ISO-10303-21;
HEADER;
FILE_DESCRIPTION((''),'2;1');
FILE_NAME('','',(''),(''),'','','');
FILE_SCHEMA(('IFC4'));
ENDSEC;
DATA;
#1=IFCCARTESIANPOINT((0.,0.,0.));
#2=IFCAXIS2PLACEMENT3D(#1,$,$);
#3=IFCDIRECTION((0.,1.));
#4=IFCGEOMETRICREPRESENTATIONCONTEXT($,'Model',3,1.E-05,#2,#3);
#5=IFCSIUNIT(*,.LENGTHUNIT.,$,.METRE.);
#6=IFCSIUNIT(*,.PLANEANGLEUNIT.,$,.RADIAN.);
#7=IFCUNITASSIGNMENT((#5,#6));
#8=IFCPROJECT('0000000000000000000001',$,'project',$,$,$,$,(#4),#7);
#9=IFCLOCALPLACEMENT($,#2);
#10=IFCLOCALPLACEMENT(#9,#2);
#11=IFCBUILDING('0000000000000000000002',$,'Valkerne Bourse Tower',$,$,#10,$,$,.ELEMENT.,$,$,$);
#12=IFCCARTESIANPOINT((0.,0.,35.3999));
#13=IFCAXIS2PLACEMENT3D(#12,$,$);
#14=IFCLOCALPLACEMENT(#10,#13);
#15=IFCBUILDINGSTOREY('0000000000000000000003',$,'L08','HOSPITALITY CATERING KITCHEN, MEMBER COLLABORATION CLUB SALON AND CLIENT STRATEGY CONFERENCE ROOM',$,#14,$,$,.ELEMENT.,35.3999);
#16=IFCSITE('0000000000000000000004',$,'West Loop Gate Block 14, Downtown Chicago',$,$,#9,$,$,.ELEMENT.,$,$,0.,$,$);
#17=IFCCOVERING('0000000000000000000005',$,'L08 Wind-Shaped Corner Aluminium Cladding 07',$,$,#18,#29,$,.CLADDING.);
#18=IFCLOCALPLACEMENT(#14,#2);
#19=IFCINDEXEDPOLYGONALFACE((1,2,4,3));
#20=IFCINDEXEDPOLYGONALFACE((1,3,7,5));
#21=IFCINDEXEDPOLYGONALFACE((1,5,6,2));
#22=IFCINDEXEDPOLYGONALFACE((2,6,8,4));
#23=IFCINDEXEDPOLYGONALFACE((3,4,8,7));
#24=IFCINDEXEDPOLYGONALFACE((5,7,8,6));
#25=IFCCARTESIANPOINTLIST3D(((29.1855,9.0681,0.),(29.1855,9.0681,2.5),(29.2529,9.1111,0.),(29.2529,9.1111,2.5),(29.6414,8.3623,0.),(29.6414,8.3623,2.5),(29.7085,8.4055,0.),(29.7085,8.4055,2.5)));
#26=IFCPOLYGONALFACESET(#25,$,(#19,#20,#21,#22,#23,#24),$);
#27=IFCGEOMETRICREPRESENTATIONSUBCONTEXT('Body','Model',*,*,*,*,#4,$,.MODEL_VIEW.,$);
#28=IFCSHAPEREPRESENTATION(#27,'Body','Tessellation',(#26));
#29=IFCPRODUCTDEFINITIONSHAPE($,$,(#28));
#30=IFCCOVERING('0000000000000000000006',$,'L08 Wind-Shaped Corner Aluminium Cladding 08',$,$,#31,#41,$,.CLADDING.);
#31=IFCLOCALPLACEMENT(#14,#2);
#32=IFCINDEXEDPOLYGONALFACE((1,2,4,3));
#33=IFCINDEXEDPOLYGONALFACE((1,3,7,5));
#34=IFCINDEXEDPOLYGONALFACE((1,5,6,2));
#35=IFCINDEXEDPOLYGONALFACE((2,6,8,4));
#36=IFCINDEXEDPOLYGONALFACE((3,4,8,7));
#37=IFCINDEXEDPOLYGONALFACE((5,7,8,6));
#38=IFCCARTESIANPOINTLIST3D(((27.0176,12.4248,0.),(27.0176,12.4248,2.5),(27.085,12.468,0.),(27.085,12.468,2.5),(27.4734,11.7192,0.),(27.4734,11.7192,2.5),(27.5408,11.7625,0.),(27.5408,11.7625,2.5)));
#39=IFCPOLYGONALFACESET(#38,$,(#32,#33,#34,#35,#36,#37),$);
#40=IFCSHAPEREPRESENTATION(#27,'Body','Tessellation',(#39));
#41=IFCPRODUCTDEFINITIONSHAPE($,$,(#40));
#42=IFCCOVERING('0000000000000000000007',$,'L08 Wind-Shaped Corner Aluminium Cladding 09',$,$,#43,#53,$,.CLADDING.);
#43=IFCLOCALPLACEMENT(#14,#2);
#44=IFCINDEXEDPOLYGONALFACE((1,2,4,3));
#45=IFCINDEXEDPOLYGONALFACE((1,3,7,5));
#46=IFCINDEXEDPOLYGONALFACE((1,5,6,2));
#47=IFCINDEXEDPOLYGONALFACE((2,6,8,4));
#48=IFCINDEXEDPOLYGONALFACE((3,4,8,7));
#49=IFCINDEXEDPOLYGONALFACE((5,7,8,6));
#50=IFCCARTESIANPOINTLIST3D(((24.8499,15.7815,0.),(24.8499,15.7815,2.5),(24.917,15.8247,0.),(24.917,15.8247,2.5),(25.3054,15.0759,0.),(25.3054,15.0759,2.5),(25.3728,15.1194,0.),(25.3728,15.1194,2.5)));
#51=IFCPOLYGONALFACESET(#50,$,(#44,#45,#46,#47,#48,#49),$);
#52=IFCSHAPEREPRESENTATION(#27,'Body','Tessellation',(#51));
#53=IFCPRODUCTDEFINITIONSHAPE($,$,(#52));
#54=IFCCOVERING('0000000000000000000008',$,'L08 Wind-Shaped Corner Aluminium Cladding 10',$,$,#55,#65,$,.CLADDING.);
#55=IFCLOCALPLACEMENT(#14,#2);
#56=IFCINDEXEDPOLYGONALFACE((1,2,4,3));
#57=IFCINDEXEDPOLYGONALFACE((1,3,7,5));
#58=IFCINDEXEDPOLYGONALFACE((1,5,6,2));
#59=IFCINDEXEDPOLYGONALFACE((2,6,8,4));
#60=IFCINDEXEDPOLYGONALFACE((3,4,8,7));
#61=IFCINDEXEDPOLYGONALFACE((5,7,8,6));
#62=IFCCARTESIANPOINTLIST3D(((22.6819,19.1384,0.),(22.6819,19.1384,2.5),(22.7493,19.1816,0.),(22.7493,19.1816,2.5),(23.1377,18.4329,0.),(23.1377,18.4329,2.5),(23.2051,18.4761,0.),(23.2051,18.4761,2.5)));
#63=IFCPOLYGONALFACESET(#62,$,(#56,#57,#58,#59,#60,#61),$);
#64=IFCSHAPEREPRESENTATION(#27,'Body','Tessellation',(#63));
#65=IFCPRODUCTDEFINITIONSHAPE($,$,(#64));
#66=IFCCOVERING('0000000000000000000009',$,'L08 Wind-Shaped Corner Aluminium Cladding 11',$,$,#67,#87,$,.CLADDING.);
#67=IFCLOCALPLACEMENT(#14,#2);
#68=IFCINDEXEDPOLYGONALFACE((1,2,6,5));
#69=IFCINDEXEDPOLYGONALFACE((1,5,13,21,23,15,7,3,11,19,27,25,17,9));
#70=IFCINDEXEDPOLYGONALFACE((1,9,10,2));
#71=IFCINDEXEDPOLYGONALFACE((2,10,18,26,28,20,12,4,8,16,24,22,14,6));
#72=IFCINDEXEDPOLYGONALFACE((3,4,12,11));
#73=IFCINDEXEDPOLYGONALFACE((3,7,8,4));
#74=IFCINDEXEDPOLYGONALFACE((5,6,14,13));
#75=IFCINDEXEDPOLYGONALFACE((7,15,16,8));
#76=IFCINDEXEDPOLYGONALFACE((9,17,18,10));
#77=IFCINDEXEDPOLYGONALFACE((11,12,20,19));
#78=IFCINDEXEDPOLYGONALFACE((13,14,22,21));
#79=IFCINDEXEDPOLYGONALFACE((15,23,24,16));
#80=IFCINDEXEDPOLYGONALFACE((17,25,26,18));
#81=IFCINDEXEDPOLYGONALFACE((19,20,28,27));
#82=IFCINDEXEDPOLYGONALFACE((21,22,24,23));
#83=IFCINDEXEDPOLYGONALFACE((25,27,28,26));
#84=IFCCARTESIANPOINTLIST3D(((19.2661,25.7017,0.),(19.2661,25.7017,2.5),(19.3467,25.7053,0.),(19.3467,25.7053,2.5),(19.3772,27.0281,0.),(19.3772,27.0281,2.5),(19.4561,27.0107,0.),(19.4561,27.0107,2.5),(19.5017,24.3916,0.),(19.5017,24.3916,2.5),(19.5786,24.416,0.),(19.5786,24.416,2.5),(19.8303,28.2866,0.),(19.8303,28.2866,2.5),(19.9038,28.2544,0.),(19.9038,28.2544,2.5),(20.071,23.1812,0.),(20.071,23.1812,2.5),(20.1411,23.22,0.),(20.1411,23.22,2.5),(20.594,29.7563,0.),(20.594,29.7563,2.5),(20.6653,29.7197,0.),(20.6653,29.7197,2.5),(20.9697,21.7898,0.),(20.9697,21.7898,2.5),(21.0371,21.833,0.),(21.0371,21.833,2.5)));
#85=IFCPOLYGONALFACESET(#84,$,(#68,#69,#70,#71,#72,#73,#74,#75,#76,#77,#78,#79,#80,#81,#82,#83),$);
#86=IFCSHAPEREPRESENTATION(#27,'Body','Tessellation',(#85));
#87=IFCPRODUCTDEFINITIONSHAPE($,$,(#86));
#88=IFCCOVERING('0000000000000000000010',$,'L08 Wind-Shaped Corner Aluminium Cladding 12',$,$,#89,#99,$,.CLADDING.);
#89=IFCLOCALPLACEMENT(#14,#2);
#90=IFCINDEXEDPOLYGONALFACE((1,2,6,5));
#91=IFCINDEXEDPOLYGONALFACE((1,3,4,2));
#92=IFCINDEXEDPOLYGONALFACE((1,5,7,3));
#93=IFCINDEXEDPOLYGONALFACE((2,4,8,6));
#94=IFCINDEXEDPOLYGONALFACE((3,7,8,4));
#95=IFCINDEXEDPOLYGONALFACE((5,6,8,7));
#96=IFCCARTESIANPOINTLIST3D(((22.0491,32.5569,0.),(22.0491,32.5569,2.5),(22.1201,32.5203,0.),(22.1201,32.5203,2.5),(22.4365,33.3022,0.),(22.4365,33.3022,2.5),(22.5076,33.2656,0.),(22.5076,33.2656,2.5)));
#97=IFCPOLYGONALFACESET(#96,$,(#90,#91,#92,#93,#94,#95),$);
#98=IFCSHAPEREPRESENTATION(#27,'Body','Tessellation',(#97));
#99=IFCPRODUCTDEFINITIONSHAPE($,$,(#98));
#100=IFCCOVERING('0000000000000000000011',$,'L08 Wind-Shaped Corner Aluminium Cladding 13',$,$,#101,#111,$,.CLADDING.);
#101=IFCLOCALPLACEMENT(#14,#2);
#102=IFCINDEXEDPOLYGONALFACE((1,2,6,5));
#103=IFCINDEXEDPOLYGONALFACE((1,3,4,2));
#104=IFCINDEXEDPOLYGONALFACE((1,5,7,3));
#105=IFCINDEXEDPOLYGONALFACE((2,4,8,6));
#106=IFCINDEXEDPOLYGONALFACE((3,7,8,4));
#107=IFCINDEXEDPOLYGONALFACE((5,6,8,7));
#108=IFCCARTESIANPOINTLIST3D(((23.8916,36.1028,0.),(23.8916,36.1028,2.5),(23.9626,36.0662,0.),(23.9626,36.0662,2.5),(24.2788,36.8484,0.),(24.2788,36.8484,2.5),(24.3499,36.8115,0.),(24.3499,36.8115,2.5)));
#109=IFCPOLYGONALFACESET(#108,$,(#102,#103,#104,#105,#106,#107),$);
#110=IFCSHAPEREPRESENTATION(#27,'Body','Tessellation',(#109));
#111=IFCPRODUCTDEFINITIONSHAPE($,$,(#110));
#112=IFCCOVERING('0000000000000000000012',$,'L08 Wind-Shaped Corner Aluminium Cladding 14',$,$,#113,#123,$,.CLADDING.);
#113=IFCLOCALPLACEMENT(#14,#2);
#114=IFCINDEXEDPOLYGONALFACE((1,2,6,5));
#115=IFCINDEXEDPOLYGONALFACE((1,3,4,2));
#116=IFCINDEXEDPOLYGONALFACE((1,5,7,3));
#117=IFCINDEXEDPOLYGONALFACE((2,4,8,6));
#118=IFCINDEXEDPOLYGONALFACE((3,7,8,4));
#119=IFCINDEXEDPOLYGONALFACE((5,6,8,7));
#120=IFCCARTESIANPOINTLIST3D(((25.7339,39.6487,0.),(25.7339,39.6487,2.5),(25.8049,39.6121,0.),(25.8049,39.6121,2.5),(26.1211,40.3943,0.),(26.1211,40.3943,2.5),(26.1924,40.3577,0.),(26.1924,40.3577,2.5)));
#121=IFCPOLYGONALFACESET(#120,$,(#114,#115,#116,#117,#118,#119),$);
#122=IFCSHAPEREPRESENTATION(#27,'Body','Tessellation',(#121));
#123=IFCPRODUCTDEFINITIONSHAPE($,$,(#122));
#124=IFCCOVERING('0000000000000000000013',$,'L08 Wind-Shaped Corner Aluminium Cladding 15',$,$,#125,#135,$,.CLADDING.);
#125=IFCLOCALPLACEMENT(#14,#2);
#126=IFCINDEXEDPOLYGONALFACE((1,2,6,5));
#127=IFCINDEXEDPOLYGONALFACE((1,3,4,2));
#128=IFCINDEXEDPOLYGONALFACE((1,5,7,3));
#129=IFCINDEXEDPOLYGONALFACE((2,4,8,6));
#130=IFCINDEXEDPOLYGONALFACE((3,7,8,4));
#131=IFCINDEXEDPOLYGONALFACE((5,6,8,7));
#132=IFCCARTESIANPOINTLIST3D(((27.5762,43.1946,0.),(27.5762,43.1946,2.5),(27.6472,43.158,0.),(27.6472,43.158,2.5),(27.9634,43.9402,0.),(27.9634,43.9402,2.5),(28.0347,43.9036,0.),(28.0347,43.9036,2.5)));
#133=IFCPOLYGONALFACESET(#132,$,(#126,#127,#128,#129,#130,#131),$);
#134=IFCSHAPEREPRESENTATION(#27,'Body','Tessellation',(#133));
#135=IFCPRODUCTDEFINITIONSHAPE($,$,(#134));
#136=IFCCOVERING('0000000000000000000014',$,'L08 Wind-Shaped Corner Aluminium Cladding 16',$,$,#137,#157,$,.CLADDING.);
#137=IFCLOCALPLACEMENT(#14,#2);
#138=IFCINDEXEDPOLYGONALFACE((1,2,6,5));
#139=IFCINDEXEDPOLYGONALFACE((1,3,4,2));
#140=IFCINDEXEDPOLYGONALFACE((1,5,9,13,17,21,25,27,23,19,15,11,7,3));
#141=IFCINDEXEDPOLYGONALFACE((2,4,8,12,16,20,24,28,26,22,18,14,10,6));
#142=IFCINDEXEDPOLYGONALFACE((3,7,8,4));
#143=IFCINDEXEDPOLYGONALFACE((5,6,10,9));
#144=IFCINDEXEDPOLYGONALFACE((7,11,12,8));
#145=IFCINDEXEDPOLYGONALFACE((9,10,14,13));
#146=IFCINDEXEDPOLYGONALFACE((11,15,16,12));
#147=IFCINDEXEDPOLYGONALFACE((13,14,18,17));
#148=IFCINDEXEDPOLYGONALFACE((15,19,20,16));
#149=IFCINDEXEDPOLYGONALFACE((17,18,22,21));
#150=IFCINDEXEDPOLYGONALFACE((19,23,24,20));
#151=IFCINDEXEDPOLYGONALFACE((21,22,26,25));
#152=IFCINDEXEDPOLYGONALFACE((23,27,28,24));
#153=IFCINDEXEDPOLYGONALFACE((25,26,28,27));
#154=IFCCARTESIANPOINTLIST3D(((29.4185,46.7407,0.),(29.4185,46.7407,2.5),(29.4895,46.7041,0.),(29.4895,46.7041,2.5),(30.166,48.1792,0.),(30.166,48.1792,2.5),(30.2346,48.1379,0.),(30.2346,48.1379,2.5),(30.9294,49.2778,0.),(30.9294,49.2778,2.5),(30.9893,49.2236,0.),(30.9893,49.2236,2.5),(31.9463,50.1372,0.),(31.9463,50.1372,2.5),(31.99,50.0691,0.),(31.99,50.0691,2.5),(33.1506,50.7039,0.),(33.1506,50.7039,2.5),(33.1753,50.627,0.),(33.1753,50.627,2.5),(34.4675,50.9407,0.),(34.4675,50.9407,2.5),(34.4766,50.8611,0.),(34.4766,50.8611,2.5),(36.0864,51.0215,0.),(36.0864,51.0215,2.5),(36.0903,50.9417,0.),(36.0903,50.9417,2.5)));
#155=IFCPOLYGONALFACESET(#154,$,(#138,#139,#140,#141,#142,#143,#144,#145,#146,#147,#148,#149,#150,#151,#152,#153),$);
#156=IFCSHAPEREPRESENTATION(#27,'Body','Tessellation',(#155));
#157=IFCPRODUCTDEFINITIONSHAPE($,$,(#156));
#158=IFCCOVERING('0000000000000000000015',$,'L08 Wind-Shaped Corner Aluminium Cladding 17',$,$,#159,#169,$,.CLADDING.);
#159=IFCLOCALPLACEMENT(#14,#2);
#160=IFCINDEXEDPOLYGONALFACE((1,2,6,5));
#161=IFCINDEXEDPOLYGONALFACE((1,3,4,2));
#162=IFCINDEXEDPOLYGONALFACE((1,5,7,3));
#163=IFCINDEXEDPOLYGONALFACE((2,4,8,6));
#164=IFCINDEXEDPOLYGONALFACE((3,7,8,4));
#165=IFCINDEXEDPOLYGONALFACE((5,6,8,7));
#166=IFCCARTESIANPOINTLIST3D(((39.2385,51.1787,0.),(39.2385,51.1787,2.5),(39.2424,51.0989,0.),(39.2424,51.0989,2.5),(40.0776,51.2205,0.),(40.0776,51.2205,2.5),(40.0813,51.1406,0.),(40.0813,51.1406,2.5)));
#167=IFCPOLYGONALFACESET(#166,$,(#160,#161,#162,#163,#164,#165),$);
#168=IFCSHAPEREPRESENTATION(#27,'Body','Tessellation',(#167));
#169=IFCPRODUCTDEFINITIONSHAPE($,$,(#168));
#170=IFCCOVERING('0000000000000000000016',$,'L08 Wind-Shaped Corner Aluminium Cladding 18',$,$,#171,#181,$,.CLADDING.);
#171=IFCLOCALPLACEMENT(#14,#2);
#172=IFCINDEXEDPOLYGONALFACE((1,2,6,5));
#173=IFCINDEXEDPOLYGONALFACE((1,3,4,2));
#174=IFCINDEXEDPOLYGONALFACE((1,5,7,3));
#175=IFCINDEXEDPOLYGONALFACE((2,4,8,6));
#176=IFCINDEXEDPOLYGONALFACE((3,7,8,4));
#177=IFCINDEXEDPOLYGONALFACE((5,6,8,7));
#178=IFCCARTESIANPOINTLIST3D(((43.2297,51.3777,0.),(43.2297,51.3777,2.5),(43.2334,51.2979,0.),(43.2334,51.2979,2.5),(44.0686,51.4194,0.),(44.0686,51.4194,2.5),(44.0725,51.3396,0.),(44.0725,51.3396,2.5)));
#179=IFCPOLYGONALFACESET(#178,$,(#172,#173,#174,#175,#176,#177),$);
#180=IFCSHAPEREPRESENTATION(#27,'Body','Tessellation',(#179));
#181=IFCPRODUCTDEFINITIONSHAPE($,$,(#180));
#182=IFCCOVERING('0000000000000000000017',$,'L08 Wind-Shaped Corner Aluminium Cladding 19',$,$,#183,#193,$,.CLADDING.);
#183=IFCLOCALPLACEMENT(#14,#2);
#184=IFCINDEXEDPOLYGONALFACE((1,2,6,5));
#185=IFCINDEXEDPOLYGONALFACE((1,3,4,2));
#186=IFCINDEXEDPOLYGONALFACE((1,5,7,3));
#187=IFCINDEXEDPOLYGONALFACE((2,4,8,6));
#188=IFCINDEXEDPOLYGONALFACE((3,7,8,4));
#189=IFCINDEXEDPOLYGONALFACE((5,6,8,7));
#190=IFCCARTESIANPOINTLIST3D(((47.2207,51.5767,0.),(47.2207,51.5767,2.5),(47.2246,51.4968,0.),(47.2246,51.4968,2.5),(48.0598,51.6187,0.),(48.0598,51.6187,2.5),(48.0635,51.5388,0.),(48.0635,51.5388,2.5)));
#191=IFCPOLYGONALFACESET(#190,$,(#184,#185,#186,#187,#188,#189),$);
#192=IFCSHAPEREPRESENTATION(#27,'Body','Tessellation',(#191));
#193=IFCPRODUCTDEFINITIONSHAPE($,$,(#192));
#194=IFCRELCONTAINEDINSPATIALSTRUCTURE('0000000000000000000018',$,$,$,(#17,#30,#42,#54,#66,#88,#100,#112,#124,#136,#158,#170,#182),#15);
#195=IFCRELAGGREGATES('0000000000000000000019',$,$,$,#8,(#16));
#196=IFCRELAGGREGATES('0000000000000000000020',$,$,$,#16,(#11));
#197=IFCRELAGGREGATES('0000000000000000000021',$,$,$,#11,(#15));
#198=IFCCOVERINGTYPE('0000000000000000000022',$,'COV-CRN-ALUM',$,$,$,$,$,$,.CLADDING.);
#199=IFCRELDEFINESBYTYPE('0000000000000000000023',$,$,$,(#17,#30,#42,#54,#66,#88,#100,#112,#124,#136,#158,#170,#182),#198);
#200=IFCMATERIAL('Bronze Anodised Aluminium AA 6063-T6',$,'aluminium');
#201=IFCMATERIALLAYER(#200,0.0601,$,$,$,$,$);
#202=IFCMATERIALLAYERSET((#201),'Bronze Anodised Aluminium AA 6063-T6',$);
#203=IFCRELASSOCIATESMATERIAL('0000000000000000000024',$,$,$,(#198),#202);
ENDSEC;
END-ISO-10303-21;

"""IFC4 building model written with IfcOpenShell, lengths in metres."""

from ifc_helpers import new_model, si_unit, direction, frame, origin, place, context, subcontext, project, spatial, polyline, outline, extrude, material, layer, layer_set, type_object, element, save


model = new_model("IFC4")

# Units and contexts
model_context = context("Model", 3, precision=1e-05, world=origin(), true_north=direction((0.0, 1.0)))
body_context = subcontext(model_context, "Body", "Model", "MODEL_VIEW")
ifc_project = project(units=[si_unit("LENGTHUNIT", "METRE"), si_unit("PLANEANGLEUNIT", "RADIAN")], contexts=[model_context])

# Site, building, storey
site_placement = place(None, origin())
site = spatial("IfcSite", under=ifc_project, at=site_placement, Name="West Loop Gate Block 14, Downtown Chicago", CompositionType="ELEMENT", RefElevation=0.0)
building_placement = place(site_placement, origin())
building = spatial("IfcBuilding", under=site, at=building_placement, Name="Valkerne Bourse Tower", CompositionType="ELEMENT")
storey_placement = place(building_placement, frame((0.0, 0.0, 35.3999)))
storey = spatial("IfcBuildingStorey", under=building, at=storey_placement, Name="L08", Description="HOSPITALITY CATERING KITCHEN, MEMBER COLLABORATION CLUB SALON AND CLIENT STRATEGY CONFERENCE ROOM", CompositionType="ELEMENT", Elevation=35.3999)

# Coverings
ifc_material_1 = material(Name="Bronze Anodised Aluminium AA 6063-T6", Category="aluminium")
ifc_layer_1 = layer(ifc_material_1, 0.0601)
ifc_layer_set_1 = layer_set([ifc_layer_1], Name="Bronze Anodised Aluminium AA 6063-T6")
covering_type = type_object("IfcCoveringType", Name="COV-CRN-ALUM", PredefinedType="CLADDING", material=ifc_layer_set_1)
covering_1_placement = place(storey_placement, origin())
element("IfcCovering", 1, at=covering_1_placement, inside=storey, type_object=covering_type, Name="L08 Wind-Shaped Corner Aluminium Cladding 07", PredefinedType="CLADDING", context=body_context, shape_type="SweptSolid", body=[
    extrude(outline(polyline([(29.1855, 9.0681), (29.2529, 9.1111), (29.7085, 8.4055), (29.6414, 8.3623), (29.1855, 9.0681)])), origin(), (0.0, 0.0, 1.0), 2.5),
])
covering_2_placement = place(storey_placement, origin())
element("IfcCovering", 2, at=covering_2_placement, inside=storey, type_object=covering_type, Name="L08 Wind-Shaped Corner Aluminium Cladding 08", PredefinedType="CLADDING", context=body_context, shape_type="SweptSolid", body=[
    extrude(outline(polyline([(27.0176, 12.4248), (27.085, 12.468), (27.5408, 11.7625), (27.4734, 11.7192), (27.0176, 12.4248)])), origin(), (0.0, 0.0, 1.0), 2.5),
])
covering_3_placement = place(storey_placement, origin())
element("IfcCovering", 3, at=covering_3_placement, inside=storey, type_object=covering_type, Name="L08 Wind-Shaped Corner Aluminium Cladding 09", PredefinedType="CLADDING", context=body_context, shape_type="SweptSolid", body=[
    extrude(outline(polyline([(24.8499, 15.7815), (24.917, 15.8247), (25.3728, 15.1194), (25.3054, 15.0759), (24.8499, 15.7815)])), origin(), (0.0, 0.0, 1.0), 2.5),
])
covering_4_placement = place(storey_placement, origin())
element("IfcCovering", 4, at=covering_4_placement, inside=storey, type_object=covering_type, Name="L08 Wind-Shaped Corner Aluminium Cladding 10", PredefinedType="CLADDING", context=body_context, shape_type="SweptSolid", body=[
    extrude(outline(polyline([(22.6819, 19.1384), (22.7493, 19.1816), (23.2051, 18.4761), (23.1377, 18.4329), (22.6819, 19.1384)])), origin(), (0.0, 0.0, 1.0), 2.5),
])
covering_5_placement = place(storey_placement, origin())
element("IfcCovering", 5, at=covering_5_placement, inside=storey, type_object=covering_type, Name="L08 Wind-Shaped Corner Aluminium Cladding 11", PredefinedType="CLADDING", context=body_context, shape_type="SweptSolid", body=[
    extrude(outline(polyline([(20.071, 23.1812), (19.5017, 24.3916), (19.2661, 25.7017), (19.3772, 27.0281), (19.8303, 28.2866), (20.594, 29.7563), (20.6653, 29.7197), (19.9038, 28.2544), (19.4561, 27.0107), (19.3467, 25.7053), (19.5786, 24.416), (20.1411, 23.22), (21.0371, 21.833), (20.9697, 21.7898), (20.071, 23.1812)])), origin(), (0.0, 0.0, 1.0), 2.5),
])
covering_6_placement = place(storey_placement, origin())
element("IfcCovering", 6, at=covering_6_placement, inside=storey, type_object=covering_type, Name="L08 Wind-Shaped Corner Aluminium Cladding 12", PredefinedType="CLADDING", context=body_context, shape_type="SweptSolid", body=[
    extrude(outline(polyline([(22.4365, 33.3022), (22.5076, 33.2656), (22.1201, 32.5203), (22.0491, 32.5569), (22.4365, 33.3022)])), origin(), (0.0, 0.0, 1.0), 2.5),
])
covering_7_placement = place(storey_placement, origin())
element("IfcCovering", 7, at=covering_7_placement, inside=storey, type_object=covering_type, Name="L08 Wind-Shaped Corner Aluminium Cladding 13", PredefinedType="CLADDING", context=body_context, shape_type="SweptSolid", body=[
    extrude(outline(polyline([(24.2788, 36.8484), (24.3499, 36.8115), (23.9626, 36.0662), (23.8916, 36.1028), (24.2788, 36.8484)])), origin(), (0.0, 0.0, 1.0), 2.5),
])
covering_8_placement = place(storey_placement, origin())
element("IfcCovering", 8, at=covering_8_placement, inside=storey, type_object=covering_type, Name="L08 Wind-Shaped Corner Aluminium Cladding 14", PredefinedType="CLADDING", context=body_context, shape_type="SweptSolid", body=[
    extrude(outline(polyline([(26.1211, 40.3943), (26.1924, 40.3577), (25.8049, 39.6121), (25.7339, 39.6487), (26.1211, 40.3943)])), origin(), (0.0, 0.0, 1.0), 2.5),
])
covering_9_placement = place(storey_placement, origin())
element("IfcCovering", 9, at=covering_9_placement, inside=storey, type_object=covering_type, Name="L08 Wind-Shaped Corner Aluminium Cladding 15", PredefinedType="CLADDING", context=body_context, shape_type="SweptSolid", body=[
    extrude(outline(polyline([(27.9634, 43.9402), (28.0347, 43.9036), (27.6472, 43.158), (27.5762, 43.1946), (27.9634, 43.9402)])), origin(), (0.0, 0.0, 1.0), 2.5),
])
covering_10_placement = place(storey_placement, origin())
element("IfcCovering", 10, at=covering_10_placement, inside=storey, type_object=covering_type, Name="L08 Wind-Shaped Corner Aluminium Cladding 16", PredefinedType="CLADDING", context=body_context, shape_type="SweptSolid", body=[
    extrude(outline(polyline([(30.166, 48.1792), (30.9294, 49.2778), (31.9463, 50.1372), (33.1506, 50.7039), (34.4675, 50.9407), (36.0864, 51.0215), (36.0903, 50.9417), (34.4766, 50.8611), (33.1753, 50.627), (31.99, 50.0691), (30.9893, 49.2236), (30.2346, 48.1379), (29.4895, 46.7041), (29.4185, 46.7407), (30.166, 48.1792)])), origin(), (0.0, 0.0, 1.0), 2.5),
])
covering_11_placement = place(storey_placement, origin())
element("IfcCovering", 11, at=covering_11_placement, inside=storey, type_object=covering_type, Name="L08 Wind-Shaped Corner Aluminium Cladding 17", PredefinedType="CLADDING", context=body_context, shape_type="SweptSolid", body=[
    extrude(outline(polyline([(40.0776, 51.2205), (40.0813, 51.1406), (39.2424, 51.0989), (39.2385, 51.1787), (40.0776, 51.2205)])), origin(), (0.0, 0.0, 1.0), 2.5),
])
covering_12_placement = place(storey_placement, origin())
element("IfcCovering", 12, at=covering_12_placement, inside=storey, type_object=covering_type, Name="L08 Wind-Shaped Corner Aluminium Cladding 18", PredefinedType="CLADDING", context=body_context, shape_type="SweptSolid", body=[
    extrude(outline(polyline([(44.0686, 51.4194), (44.0725, 51.3396), (43.2334, 51.2979), (43.2297, 51.3777), (44.0686, 51.4194)])), origin(), (0.0, 0.0, 1.0), 2.5),
])
covering_13_placement = place(storey_placement, origin())
element("IfcCovering", 13, at=covering_13_placement, inside=storey, type_object=covering_type, Name="L08 Wind-Shaped Corner Aluminium Cladding 19", PredefinedType="CLADDING", context=body_context, shape_type="SweptSolid", body=[
    extrude(outline(polyline([(48.0598, 51.6187), (48.0635, 51.5388), (47.2246, 51.4968), (47.2207, 51.5767), (48.0598, 51.6187)])), origin(), (0.0, 0.0, 1.0), 2.5),
])

save(model, "model.ifc")
